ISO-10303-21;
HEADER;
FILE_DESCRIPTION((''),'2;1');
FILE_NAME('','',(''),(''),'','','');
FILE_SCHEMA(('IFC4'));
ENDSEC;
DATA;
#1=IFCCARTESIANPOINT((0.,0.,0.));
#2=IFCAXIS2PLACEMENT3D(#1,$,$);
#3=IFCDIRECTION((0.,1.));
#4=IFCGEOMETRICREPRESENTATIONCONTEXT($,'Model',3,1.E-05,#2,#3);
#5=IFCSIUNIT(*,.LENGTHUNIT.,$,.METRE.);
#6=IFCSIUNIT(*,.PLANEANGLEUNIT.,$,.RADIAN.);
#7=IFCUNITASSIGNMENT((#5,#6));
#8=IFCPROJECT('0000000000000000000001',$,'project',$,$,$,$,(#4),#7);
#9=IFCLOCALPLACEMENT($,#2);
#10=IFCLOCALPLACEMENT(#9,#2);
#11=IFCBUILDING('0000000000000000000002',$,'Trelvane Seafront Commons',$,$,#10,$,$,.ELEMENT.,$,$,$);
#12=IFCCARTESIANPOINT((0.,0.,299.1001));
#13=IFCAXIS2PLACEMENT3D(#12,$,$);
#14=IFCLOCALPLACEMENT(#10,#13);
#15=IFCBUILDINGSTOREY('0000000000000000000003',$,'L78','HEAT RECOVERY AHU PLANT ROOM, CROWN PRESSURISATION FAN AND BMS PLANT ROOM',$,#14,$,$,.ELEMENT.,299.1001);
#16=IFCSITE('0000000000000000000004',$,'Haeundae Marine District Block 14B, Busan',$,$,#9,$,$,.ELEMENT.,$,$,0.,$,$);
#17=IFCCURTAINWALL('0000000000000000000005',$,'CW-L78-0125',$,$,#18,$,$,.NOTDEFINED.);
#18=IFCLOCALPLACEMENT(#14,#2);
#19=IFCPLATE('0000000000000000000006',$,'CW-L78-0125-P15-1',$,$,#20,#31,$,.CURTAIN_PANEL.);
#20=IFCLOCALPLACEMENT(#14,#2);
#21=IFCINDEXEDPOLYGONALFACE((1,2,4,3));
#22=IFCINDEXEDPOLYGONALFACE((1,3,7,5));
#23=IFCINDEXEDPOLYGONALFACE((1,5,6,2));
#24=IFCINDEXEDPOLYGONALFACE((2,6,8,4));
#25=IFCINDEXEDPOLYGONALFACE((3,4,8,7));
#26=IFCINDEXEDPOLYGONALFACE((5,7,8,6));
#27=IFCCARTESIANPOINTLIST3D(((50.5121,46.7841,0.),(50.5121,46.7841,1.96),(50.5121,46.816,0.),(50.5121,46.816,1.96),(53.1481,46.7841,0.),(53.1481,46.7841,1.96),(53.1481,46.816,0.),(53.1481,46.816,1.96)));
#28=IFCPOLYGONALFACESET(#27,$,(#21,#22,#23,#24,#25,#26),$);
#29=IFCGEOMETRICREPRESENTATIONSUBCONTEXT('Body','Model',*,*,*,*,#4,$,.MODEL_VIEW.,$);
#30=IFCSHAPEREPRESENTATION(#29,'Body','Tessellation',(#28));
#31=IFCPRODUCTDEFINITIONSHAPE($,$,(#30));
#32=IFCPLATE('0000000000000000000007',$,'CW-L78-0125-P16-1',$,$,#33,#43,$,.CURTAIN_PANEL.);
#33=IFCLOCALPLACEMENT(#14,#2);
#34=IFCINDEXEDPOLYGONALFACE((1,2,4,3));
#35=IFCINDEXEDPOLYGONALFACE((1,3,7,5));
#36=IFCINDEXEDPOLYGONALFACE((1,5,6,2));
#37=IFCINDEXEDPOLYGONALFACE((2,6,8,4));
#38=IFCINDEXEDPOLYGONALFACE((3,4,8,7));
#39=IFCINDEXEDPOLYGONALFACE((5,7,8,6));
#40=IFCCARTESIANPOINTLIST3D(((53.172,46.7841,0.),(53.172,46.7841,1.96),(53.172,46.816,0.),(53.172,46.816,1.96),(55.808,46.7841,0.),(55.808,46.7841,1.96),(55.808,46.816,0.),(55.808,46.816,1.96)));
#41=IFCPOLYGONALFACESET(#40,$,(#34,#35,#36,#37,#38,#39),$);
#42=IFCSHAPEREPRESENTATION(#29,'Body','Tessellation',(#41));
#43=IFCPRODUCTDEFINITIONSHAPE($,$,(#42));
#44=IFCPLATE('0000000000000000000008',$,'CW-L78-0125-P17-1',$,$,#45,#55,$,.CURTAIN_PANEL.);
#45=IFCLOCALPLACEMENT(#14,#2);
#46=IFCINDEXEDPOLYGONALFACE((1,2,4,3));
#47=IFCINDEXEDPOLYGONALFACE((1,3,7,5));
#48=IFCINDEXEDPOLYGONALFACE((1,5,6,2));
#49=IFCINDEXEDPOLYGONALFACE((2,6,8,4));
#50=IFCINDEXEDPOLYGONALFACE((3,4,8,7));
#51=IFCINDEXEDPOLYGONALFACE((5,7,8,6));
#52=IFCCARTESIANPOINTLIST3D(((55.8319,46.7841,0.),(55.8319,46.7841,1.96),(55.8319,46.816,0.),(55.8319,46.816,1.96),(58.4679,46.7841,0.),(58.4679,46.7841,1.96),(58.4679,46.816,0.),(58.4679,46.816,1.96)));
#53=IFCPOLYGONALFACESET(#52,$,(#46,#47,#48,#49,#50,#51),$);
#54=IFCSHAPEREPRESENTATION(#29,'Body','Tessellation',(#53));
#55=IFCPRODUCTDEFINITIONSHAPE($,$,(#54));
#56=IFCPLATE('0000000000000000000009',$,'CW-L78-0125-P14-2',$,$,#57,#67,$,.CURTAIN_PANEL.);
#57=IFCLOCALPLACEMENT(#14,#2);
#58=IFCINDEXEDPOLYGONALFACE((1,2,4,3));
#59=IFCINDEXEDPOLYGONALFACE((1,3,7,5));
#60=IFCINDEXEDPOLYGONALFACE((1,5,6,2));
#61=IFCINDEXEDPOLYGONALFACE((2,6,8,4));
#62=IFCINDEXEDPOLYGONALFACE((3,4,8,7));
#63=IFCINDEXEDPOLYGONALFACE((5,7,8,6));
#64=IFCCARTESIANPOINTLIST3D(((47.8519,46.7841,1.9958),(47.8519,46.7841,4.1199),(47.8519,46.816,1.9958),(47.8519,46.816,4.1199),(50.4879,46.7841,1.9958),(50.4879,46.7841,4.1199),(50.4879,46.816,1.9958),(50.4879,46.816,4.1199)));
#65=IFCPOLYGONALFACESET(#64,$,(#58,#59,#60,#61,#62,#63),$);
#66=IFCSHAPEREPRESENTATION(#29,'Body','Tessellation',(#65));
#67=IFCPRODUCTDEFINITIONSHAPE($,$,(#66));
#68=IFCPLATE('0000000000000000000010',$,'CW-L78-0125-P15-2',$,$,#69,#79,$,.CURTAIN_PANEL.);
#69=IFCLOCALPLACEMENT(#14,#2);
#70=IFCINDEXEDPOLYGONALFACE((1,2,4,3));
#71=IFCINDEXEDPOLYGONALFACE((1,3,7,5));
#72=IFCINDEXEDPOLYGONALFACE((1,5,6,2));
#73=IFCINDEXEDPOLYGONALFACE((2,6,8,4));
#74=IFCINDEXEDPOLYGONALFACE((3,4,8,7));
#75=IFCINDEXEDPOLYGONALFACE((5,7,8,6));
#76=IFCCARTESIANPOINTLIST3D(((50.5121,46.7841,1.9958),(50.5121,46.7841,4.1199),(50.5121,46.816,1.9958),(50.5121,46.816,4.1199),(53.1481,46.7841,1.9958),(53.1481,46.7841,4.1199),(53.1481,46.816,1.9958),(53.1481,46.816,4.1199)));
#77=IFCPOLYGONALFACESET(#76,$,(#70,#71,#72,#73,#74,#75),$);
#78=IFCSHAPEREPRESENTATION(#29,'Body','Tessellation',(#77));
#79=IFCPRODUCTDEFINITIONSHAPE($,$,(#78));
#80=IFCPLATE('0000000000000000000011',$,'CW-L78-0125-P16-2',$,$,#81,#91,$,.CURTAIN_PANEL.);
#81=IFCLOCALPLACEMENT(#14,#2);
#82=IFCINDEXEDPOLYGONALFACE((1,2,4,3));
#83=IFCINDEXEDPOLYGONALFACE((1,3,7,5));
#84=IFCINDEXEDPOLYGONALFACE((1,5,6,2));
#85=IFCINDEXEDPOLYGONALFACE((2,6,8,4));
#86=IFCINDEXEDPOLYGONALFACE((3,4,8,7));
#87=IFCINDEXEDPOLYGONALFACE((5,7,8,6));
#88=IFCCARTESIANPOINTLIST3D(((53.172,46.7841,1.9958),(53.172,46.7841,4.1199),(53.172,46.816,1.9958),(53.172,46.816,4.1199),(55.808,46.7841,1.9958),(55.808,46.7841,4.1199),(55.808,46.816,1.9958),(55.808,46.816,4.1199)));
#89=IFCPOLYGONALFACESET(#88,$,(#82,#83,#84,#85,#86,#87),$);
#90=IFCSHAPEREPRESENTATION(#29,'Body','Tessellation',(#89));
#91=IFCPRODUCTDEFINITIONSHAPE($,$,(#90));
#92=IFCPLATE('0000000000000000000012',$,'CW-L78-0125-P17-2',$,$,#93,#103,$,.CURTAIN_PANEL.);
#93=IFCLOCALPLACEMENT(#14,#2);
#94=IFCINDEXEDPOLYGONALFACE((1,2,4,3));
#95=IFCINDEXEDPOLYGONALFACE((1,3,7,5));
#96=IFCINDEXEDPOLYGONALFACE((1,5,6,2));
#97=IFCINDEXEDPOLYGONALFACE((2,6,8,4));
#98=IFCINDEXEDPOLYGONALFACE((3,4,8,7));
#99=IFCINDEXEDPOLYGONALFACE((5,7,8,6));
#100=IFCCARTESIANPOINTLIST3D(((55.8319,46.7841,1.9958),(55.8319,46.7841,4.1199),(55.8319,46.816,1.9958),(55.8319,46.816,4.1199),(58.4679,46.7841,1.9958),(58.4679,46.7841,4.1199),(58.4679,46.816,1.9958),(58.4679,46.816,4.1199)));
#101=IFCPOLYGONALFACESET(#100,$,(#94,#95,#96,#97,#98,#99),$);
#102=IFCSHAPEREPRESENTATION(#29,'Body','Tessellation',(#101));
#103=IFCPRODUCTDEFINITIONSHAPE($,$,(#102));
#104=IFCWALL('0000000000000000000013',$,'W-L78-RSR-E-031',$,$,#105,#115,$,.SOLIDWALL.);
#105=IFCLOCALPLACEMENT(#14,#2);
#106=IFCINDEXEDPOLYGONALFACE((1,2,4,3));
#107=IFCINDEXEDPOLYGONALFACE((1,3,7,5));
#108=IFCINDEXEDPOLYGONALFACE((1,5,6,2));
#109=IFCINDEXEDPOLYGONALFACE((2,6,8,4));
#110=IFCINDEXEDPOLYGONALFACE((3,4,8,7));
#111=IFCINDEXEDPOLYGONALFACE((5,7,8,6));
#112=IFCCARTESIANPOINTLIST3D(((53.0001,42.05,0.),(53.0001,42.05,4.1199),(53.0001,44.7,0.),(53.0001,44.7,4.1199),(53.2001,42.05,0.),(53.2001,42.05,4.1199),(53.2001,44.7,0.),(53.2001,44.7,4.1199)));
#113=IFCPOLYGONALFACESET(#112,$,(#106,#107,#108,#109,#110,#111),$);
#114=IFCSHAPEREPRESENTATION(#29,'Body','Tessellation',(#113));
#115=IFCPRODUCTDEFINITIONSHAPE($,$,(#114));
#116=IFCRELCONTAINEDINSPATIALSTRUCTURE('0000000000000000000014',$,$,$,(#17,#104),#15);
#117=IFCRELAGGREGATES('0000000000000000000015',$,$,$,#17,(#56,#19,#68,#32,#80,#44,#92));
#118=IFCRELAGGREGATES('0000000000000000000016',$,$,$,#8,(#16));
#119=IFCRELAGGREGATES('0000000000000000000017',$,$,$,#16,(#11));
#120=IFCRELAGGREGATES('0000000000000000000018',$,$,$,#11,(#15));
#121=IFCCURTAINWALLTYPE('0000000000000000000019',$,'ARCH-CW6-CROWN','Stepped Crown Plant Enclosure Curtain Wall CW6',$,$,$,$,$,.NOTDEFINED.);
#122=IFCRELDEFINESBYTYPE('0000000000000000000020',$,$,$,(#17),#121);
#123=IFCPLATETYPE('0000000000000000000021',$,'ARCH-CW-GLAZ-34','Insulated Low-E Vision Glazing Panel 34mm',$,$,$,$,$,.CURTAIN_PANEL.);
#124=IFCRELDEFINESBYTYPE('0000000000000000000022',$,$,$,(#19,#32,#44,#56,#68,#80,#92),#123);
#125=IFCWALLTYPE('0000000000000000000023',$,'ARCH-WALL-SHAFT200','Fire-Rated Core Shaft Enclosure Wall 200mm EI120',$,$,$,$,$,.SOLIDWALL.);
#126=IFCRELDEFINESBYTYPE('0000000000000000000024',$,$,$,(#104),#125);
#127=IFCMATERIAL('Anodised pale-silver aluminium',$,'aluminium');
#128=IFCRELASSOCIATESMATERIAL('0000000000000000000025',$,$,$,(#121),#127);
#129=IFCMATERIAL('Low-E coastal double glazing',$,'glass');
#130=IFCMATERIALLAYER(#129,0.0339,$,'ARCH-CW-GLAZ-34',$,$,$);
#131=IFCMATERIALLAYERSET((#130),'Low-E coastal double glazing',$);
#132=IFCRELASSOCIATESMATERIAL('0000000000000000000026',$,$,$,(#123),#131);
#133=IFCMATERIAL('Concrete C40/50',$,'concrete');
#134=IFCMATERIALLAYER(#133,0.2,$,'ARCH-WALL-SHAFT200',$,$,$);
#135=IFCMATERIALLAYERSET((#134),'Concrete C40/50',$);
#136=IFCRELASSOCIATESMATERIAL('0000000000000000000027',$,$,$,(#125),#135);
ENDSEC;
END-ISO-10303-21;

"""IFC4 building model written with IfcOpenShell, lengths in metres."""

from ifc_helpers import new_model, si_unit, direction, frame, frame_2d, origin, origin_2d, place, context, subcontext, project, spatial, rectangle, extrude, source, transform, mapped, material, layer, layer_set, type_object, element, aggregate, save


model = new_model("IFC4")

# Units and contexts
model_context = context("Model", 3, precision=1e-05, world=origin(), true_north=direction((0.0, 1.0)))
body_context = subcontext(model_context, "Body", "Model", "MODEL_VIEW")
ifc_project = project(units=[si_unit("LENGTHUNIT", "METRE"), si_unit("PLANEANGLEUNIT", "RADIAN")], contexts=[model_context])

# Site, building, storey
site_placement = place(None, origin())
site = spatial("IfcSite", under=ifc_project, at=site_placement, Name="Haeundae Marine District Block 14B, Busan", CompositionType="ELEMENT", RefElevation=0.0)
building_placement = place(site_placement, origin())
building = spatial("IfcBuilding", under=site, at=building_placement, Name="Trelvane Seafront Commons", CompositionType="ELEMENT")
storey_placement = place(building_placement, frame((0.0, 0.0, 299.1001)))
storey = spatial("IfcBuildingStorey", under=building, at=storey_placement, Name="L78", Description="HEAT RECOVERY AHU PLANT ROOM, CROWN PRESSURISATION FAN AND BMS PLANT ROOM", CompositionType="ELEMENT", Elevation=299.1001)

# Curtain wall
ifc_material_1 = material(Name="Anodised pale-silver aluminium", Category="aluminium")
curtain_wall_type = type_object("IfcCurtainWallType", Name="ARCH-CW6-CROWN", Description="Stepped Crown Plant Enclosure Curtain Wall CW6", PredefinedType="NOTDEFINED", material=ifc_material_1)
curtain_wall_placement = place(storey_placement, origin())
curtain_wall = element("IfcCurtainWall", 1, at=curtain_wall_placement, inside=storey, type_object=curtain_wall_type, Name="CW-L78-0125", PredefinedType="NOTDEFINED")

# Plates
ifc_material_2 = material(Name="Low-E coastal double glazing", Category="glass")
ifc_layer_1 = layer(ifc_material_2, 0.0339, Name="ARCH-CW-GLAZ-34")
ifc_layer_set_1 = layer_set([ifc_layer_1], Name="Low-E coastal double glazing")
plate_type_1 = type_object("IfcPlateType", Name="ARCH-CW-GLAZ-34", Description="Insulated Low-E Vision Glazing Panel 34mm", PredefinedType="CURTAIN_PANEL", material=ifc_layer_set_1)
shared_shape_1 = source(origin(), body_context, "Body", "SweptSolid", [
    extrude(rectangle(XDim=2.636, YDim=0.032, at=origin_2d()), origin(), (0.0, 0.0, 1.0), 1.96),
])
plate_1_placement = place(storey_placement, frame((51.8301, 46.8, 0.0), z_axis=(0.0, 0.0, 1.0), x_axis=(1.0, 0.0, 0.0)))
plate_1 = element("IfcPlate", 2, at=plate_1_placement, type_object=plate_type_1, Name="CW-L78-0125-P15-1", PredefinedType="CURTAIN_PANEL", context=body_context, shape_type="MappedRepresentation", body=[
    mapped(shared_shape_1, transform((0.0, 0.0, 0.0), x_axis=(1.0, 0.0, 0.0), y_axis=(0.0, 1.0, 0.0), z_axis=(0.0, 0.0, 1.0), scale=1.0)),
])
plate_2_placement = place(storey_placement, frame((54.49, 46.8, 0.0), z_axis=(0.0, 0.0, 1.0), x_axis=(1.0, 0.0, 0.0)))
plate_2 = element("IfcPlate", 3, at=plate_2_placement, type_object=plate_type_1, Name="CW-L78-0125-P16-1", PredefinedType="CURTAIN_PANEL", context=body_context, shape_type="MappedRepresentation", body=[
    mapped(shared_shape_1, transform((0.0, 0.0, 0.0), x_axis=(1.0, 0.0, 0.0), y_axis=(0.0, 1.0, 0.0), z_axis=(0.0, 0.0, 1.0), scale=1.0)),
])
plate_3_placement = place(storey_placement, frame((57.1499, 46.8, 0.0), z_axis=(0.0, 0.0, 1.0), x_axis=(1.0, 0.0, 0.0)))
plate_3 = element("IfcPlate", 4, at=plate_3_placement, type_object=plate_type_1, Name="CW-L78-0125-P17-1", PredefinedType="CURTAIN_PANEL", context=body_context, shape_type="MappedRepresentation", body=[
    mapped(shared_shape_1, transform((0.0, 0.0, 0.0), x_axis=(1.0, 0.0, 0.0), y_axis=(0.0, 1.0, 0.0), z_axis=(0.0, 0.0, 1.0), scale=1.0)),
])
shared_shape_2 = source(origin(), body_context, "Body", "SweptSolid", [
    extrude(rectangle(XDim=2.636, YDim=0.032, at=origin_2d()), origin(), (0.0, 0.0, 1.0), 2.124),
])
plate_4_placement = place(storey_placement, frame((49.1699, 46.8, 1.9958), z_axis=(0.0, 0.0, 1.0), x_axis=(1.0, 0.0, 0.0)))
plate_4 = element("IfcPlate", 5, at=plate_4_placement, type_object=plate_type_1, Name="CW-L78-0125-P14-2", PredefinedType="CURTAIN_PANEL", context=body_context, shape_type="MappedRepresentation", body=[
    mapped(shared_shape_2, transform((0.0, 0.0, 0.0), x_axis=(1.0, 0.0, 0.0), y_axis=(0.0, 1.0, 0.0), z_axis=(0.0, 0.0, 1.0), scale=1.0)),
])
plate_5_placement = place(storey_placement, frame((51.8301, 46.8, 1.9958), z_axis=(0.0, 0.0, 1.0), x_axis=(1.0, 0.0, 0.0)))
plate_5 = element("IfcPlate", 6, at=plate_5_placement, type_object=plate_type_1, Name="CW-L78-0125-P15-2", PredefinedType="CURTAIN_PANEL", context=body_context, shape_type="MappedRepresentation", body=[
    mapped(shared_shape_2, transform((0.0, 0.0, 0.0), x_axis=(1.0, 0.0, 0.0), y_axis=(0.0, 1.0, 0.0), z_axis=(0.0, 0.0, 1.0), scale=1.0)),
])
plate_6_placement = place(storey_placement, frame((54.49, 46.8, 1.9958), z_axis=(0.0, 0.0, 1.0), x_axis=(1.0, 0.0, 0.0)))
plate_6 = element("IfcPlate", 7, at=plate_6_placement, type_object=plate_type_1, Name="CW-L78-0125-P16-2", PredefinedType="CURTAIN_PANEL", context=body_context, shape_type="MappedRepresentation", body=[
    mapped(shared_shape_2, transform((0.0, 0.0, 0.0), x_axis=(1.0, 0.0, 0.0), y_axis=(0.0, 1.0, 0.0), z_axis=(0.0, 0.0, 1.0), scale=1.0)),
])
plate_7_placement = place(storey_placement, frame((57.1499, 46.8, 1.9958), z_axis=(0.0, 0.0, 1.0), x_axis=(1.0, 0.0, 0.0)))
plate_7 = element("IfcPlate", 8, at=plate_7_placement, type_object=plate_type_1, Name="CW-L78-0125-P17-2", PredefinedType="CURTAIN_PANEL", context=body_context, shape_type="MappedRepresentation", body=[
    mapped(shared_shape_2, transform((0.0, 0.0, 0.0), x_axis=(1.0, 0.0, 0.0), y_axis=(0.0, 1.0, 0.0), z_axis=(0.0, 0.0, 1.0), scale=1.0)),
])
aggregate(curtain_wall, [plate_4, plate_1, plate_5, plate_2, plate_6, plate_3, plate_7])

# Wall
ifc_material_3 = material(Name="Concrete C40/50", Category="concrete")
ifc_layer_2 = layer(ifc_material_3, 0.2, Name="ARCH-WALL-SHAFT200")
ifc_layer_set_2 = layer_set([ifc_layer_2], Name="Concrete C40/50")
wall_type = type_object("IfcWallType", Name="ARCH-WALL-SHAFT200", Description="Fire-Rated Core Shaft Enclosure Wall 200mm EI120", PredefinedType="SOLIDWALL", material=ifc_layer_set_2)
wall_placement = place(storey_placement, frame((53.1001, 42.05, 0.0), z_axis=(0.0, 0.0, 1.0), x_axis=(0.0, 1.0, 0.0)))
element("IfcWall", 9, at=wall_placement, inside=storey, type_object=wall_type, Name="W-L78-RSR-E-031", PredefinedType="SOLIDWALL", context=body_context, shape_type="SweptSolid", body=[
    extrude(rectangle(XDim=2.6499, YDim=0.2, at=frame_2d((1.325, 0.0))), origin(), (0.0, 0.0, 1.0), 4.1199),
])

save(model, "model.ifc")
